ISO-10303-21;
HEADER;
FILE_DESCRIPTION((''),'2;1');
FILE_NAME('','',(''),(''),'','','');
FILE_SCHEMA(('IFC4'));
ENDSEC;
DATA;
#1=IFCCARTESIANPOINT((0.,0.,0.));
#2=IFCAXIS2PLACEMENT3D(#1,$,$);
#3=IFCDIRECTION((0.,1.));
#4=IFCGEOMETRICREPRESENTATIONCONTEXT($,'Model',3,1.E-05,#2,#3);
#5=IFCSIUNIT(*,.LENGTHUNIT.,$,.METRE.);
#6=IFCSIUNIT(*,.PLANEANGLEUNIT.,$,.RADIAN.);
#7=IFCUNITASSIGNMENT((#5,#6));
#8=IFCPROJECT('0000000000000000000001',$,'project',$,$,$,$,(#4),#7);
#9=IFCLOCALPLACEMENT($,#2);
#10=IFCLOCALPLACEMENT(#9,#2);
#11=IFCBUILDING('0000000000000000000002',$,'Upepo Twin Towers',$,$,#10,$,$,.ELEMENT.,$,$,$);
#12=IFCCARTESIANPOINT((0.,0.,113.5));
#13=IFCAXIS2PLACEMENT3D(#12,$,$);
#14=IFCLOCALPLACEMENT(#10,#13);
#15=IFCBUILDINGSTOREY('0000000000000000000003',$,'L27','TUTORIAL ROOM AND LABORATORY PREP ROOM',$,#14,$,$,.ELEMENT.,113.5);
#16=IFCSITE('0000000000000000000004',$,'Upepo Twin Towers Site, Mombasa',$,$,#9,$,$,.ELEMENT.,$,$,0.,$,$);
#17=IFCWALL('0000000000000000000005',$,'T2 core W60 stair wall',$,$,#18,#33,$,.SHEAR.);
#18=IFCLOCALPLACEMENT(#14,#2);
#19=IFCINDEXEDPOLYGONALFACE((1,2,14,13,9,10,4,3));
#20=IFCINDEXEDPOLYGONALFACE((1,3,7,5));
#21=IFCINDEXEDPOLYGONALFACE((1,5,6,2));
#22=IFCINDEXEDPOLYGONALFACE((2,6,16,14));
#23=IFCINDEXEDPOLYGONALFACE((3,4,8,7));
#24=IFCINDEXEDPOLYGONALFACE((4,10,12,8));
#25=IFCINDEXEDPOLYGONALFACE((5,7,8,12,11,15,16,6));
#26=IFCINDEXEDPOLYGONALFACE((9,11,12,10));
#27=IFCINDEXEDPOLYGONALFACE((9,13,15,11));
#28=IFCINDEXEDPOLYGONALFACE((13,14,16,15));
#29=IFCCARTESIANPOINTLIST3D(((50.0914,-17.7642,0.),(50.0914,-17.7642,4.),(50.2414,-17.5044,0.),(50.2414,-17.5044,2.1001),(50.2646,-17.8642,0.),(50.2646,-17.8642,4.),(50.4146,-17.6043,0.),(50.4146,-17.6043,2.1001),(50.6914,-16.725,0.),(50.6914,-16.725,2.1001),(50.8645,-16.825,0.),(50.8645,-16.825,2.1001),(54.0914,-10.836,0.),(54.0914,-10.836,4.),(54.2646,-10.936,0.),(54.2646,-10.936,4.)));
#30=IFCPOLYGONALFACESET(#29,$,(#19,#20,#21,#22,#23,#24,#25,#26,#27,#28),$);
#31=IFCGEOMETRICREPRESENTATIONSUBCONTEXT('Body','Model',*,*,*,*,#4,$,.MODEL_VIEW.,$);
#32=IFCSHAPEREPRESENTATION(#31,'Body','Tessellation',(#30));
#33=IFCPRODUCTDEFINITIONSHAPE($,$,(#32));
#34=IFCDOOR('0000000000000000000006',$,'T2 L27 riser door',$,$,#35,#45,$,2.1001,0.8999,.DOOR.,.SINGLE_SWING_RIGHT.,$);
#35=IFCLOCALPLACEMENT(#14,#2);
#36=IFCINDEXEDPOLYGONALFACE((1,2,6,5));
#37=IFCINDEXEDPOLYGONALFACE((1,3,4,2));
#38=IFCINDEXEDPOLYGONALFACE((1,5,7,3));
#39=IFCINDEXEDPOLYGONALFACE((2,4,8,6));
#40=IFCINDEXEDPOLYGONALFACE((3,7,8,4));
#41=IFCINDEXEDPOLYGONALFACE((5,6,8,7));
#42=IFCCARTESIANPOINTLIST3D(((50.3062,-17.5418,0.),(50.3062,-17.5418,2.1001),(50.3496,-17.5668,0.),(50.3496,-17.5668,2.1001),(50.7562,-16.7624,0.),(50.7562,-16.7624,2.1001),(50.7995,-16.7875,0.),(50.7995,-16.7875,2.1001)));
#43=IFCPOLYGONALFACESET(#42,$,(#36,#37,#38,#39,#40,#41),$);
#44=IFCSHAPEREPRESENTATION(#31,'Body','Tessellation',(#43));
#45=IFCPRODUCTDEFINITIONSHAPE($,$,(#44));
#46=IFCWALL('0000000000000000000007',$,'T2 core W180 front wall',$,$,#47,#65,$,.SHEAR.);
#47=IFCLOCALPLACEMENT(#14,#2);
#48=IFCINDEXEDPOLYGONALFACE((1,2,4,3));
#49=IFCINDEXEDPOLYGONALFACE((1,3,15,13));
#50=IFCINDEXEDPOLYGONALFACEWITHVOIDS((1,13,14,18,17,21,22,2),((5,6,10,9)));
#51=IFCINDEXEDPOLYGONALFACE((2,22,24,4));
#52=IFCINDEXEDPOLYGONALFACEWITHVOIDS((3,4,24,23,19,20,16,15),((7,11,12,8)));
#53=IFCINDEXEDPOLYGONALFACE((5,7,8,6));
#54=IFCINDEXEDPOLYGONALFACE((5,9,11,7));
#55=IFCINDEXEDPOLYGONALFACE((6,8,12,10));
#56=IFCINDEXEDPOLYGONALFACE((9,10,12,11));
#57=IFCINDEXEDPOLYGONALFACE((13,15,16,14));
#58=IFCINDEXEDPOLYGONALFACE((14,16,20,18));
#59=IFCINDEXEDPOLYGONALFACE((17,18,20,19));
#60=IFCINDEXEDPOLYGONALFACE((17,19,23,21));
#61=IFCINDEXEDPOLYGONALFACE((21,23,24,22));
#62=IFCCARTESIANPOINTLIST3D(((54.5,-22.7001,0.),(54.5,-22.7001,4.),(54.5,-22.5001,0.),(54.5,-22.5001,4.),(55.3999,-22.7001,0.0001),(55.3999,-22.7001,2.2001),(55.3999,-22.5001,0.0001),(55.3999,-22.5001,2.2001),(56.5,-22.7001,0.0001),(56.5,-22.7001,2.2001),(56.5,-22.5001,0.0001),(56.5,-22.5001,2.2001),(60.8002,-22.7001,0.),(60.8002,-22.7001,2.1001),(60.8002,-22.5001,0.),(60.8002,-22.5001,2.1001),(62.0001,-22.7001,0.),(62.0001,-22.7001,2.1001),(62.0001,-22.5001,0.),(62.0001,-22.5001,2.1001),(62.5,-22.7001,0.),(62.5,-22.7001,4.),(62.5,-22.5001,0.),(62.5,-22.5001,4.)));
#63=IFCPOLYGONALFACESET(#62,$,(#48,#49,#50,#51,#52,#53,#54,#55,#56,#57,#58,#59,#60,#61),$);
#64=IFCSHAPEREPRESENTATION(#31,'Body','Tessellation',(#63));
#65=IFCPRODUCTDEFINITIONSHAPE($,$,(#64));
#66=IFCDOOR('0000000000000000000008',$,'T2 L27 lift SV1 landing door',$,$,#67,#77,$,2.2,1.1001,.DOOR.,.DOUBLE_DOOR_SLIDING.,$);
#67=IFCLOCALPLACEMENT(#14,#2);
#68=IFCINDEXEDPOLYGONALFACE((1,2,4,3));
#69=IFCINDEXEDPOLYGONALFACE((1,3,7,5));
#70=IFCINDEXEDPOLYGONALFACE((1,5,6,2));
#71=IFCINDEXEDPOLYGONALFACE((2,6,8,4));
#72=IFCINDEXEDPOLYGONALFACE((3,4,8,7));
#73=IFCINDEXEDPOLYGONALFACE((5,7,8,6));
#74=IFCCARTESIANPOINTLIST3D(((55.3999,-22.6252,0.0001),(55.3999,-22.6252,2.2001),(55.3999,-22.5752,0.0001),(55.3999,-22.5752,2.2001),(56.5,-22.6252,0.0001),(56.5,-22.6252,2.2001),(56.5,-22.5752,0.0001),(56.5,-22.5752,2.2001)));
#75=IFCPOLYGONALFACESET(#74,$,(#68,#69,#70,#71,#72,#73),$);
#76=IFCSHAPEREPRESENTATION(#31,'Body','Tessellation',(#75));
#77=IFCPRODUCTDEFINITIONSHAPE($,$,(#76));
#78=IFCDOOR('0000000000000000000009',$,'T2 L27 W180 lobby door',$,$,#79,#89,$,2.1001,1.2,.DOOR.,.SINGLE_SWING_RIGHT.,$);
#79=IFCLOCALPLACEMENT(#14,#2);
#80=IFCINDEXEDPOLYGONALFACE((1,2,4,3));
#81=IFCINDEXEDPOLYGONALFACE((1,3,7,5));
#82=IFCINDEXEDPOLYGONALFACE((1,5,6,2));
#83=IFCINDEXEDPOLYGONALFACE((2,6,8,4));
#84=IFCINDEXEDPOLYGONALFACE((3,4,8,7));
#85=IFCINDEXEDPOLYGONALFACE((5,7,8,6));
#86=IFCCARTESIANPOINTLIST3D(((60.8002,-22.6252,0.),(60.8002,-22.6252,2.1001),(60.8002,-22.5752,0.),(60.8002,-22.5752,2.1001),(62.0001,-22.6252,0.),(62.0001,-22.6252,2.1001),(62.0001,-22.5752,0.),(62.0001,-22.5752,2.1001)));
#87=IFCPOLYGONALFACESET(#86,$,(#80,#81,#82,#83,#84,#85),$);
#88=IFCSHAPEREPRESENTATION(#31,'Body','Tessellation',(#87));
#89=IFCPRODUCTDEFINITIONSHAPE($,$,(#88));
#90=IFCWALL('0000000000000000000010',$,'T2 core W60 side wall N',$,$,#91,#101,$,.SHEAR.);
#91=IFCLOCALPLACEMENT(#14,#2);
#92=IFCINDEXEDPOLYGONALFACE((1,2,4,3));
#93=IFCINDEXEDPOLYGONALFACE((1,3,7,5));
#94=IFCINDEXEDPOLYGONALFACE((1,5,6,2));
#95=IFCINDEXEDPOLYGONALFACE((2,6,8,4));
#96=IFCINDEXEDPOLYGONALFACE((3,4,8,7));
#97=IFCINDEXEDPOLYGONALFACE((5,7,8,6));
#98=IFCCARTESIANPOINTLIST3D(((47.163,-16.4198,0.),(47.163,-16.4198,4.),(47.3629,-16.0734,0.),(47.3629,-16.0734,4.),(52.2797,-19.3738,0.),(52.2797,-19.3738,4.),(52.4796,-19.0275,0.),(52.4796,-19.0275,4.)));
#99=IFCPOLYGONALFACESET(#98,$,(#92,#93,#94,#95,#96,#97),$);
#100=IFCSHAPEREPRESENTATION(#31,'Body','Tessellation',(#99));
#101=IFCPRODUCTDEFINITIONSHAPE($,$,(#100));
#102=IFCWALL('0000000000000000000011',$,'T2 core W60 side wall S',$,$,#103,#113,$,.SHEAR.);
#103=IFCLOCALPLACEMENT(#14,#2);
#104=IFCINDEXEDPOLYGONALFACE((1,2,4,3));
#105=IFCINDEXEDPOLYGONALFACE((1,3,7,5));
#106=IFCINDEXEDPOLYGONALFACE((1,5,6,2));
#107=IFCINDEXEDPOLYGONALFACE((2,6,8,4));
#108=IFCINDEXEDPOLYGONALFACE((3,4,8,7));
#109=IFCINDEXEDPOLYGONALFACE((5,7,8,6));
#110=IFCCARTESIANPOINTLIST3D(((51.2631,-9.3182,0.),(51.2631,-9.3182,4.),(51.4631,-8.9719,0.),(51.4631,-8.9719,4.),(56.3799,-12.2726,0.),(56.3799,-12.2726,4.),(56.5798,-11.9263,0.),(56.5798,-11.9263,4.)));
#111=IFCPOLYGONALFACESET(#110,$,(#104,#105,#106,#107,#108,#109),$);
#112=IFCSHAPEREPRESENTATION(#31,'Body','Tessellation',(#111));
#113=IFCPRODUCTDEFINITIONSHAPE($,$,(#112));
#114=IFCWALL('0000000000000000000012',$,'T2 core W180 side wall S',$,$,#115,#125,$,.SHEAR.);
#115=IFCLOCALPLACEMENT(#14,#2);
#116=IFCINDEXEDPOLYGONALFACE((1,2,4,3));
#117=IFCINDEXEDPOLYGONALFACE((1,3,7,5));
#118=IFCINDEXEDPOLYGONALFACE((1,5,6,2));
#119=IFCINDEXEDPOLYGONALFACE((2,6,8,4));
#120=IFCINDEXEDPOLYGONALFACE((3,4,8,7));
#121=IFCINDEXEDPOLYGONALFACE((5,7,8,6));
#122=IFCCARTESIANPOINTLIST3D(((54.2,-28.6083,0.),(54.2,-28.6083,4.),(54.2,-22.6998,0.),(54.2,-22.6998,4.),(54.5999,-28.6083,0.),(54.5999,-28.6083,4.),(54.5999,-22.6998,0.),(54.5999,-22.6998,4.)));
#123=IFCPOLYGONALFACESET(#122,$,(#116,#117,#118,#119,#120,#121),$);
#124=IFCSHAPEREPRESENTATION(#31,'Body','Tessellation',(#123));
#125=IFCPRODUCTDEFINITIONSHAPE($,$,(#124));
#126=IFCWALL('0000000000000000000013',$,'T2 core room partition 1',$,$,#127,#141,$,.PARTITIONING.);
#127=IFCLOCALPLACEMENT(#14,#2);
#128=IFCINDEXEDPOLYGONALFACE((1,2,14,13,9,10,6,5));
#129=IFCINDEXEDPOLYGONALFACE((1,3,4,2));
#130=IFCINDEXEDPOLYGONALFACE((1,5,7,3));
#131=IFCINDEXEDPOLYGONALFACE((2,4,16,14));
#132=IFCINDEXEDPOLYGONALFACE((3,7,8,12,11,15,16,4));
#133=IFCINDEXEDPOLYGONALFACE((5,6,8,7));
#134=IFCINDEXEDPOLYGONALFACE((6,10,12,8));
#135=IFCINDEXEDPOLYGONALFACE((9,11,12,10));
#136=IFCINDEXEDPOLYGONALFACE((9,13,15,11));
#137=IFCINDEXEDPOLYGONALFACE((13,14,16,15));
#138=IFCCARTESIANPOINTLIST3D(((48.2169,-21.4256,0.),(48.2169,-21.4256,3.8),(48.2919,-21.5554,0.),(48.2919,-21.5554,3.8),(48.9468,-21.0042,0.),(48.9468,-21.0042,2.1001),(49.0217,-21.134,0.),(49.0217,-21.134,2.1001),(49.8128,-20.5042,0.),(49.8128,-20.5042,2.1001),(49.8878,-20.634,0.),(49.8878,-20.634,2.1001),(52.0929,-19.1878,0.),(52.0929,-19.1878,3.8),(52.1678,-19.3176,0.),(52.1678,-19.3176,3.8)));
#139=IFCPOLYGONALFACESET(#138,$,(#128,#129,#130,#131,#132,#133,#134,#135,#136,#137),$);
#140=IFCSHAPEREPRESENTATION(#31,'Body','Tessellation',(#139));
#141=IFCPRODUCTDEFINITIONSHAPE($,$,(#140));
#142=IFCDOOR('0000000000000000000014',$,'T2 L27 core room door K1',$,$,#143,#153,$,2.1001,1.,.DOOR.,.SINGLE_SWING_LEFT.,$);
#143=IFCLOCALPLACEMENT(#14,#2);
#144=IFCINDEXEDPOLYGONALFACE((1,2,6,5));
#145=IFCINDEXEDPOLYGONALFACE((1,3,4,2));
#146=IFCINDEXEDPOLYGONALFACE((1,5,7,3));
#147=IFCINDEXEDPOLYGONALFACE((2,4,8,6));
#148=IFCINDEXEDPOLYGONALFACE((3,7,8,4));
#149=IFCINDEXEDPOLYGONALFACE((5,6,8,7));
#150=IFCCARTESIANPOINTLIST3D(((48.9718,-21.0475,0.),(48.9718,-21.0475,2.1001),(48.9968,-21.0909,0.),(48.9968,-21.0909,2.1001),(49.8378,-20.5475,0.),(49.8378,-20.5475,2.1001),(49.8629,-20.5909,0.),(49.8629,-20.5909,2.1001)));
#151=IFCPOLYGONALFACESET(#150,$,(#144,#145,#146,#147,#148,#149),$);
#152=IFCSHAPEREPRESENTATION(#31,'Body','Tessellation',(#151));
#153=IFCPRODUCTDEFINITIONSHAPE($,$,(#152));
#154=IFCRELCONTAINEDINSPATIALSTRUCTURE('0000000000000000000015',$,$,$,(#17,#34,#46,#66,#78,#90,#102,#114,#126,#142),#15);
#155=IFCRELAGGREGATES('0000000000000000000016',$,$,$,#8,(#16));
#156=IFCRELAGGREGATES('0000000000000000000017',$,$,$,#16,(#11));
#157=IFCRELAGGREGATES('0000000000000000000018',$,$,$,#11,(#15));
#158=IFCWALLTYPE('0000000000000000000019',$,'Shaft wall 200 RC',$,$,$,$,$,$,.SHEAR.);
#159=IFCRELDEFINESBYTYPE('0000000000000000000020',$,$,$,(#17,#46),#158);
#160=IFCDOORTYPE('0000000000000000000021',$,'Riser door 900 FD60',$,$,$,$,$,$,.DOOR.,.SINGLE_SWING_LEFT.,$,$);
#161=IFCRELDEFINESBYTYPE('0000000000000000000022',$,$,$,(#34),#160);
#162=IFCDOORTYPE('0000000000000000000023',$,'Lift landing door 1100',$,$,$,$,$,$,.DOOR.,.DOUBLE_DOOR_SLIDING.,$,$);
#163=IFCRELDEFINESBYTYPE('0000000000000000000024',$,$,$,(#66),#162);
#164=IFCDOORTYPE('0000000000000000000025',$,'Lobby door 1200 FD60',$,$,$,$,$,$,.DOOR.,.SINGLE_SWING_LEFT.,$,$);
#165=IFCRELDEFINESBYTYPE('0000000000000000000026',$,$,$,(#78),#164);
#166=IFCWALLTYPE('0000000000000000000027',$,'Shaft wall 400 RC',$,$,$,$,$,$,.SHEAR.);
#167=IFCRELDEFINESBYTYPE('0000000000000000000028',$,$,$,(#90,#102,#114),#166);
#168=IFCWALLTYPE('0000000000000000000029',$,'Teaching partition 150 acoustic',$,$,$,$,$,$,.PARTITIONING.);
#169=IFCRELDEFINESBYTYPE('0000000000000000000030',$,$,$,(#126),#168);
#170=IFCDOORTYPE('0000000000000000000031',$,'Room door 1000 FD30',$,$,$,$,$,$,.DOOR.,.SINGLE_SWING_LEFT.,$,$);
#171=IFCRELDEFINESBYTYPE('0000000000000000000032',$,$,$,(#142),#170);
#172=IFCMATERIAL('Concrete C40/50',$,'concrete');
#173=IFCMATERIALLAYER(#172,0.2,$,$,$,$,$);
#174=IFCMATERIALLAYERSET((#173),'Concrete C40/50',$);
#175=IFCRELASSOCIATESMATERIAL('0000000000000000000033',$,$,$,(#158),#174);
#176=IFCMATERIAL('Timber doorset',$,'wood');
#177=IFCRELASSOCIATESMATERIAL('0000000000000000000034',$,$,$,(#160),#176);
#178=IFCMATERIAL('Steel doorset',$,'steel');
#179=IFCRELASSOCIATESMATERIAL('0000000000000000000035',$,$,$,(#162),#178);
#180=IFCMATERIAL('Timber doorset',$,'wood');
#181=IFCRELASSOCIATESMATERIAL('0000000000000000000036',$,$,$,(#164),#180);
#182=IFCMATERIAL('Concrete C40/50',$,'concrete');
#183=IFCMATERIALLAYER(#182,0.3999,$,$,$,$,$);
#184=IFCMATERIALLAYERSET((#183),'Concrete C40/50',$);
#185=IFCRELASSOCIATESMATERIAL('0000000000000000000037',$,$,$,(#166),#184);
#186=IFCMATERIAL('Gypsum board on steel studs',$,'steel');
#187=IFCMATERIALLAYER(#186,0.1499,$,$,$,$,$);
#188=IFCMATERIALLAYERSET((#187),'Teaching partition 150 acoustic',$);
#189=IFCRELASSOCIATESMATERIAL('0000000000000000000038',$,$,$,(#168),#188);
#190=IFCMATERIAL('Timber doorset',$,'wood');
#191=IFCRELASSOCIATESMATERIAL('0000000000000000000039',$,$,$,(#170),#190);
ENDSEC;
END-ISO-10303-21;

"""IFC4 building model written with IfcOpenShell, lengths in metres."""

from ifc_helpers import new_model, si_unit, direction, frame, frame_2d, origin, place, context, subcontext, project, spatial, rectangle, extrude, material, layer, layer_set, type_object, element, fill, save


model = new_model("IFC4")

# Units and contexts
model_context = context("Model", 3, precision=1e-05, world=origin(), true_north=direction((0.0, 1.0)))
body_context = subcontext(model_context, "Body", "Model", "MODEL_VIEW")
ifc_project = project(units=[si_unit("LENGTHUNIT", "METRE"), si_unit("PLANEANGLEUNIT", "RADIAN")], contexts=[model_context])

# Site, building, storey
site_placement = place(None, origin())
site = spatial("IfcSite", under=ifc_project, at=site_placement, Name="Upepo Twin Towers Site, Mombasa", CompositionType="ELEMENT", RefElevation=0.0)
building_placement = place(site_placement, origin())
building = spatial("IfcBuilding", under=site, at=building_placement, Name="Upepo Twin Towers", CompositionType="ELEMENT")
storey_placement = place(building_placement, frame((0.0, 0.0, 113.5)))
storey = spatial("IfcBuildingStorey", under=building, at=storey_placement, Name="L27", Description="TUTORIAL ROOM AND LABORATORY PREP ROOM", CompositionType="ELEMENT", Elevation=113.5)

# Shared definitions
ifc_material_1 = material(Name="Concrete C40/50", Category="concrete")
ifc_layer_1 = layer(ifc_material_1, 0.2)
ifc_layer_set_1 = layer_set([ifc_layer_1], Name="Concrete C40/50")
wall_type_1 = type_object("IfcWallType", Name="Shaft wall 200 RC", PredefinedType="SHEAR", material=ifc_layer_set_1)

# Wall, opening, door
wall_1_placement = place(storey_placement, frame((54.178, -10.886, 0.0), z_axis=(0.0, 0.0, 1.0), x_axis=(-0.499999, -0.866026, 0.0)))
wall_1 = element("IfcWall", 1, at=wall_1_placement, inside=storey, type_object=wall_type_1, Name="T2 core W60 stair wall", PredefinedType="SHEAR", context=body_context, shape_type="SweptSolid", body=[
    extrude(rectangle(XDim=8.0, YDim=0.2, at=frame_2d((4.0, 0.0))), origin(), (0.0, 0.0, 1.0), 4.0),
])
opening_1_placement = place(wall_1_placement, frame((6.8, 0.0, 0.0)))
opening_1 = element("IfcOpeningElement", 2, at=opening_1_placement, cuts=wall_1, PredefinedType="OPENING", context=body_context, shape_type="SweptSolid", body=[
    extrude(rectangle(XDim=0.8999, YDim=2.1001, at=frame_2d((0.45, 1.05))), frame((0.0, 0.1099, 0.0), z_axis=(0.0, -1.0, 0.0), x_axis=(1.0, 0.0, 0.0)), (0.0, 0.0, 1.0), 0.22),
])
ifc_material_2 = material(Name="Timber doorset", Category="wood")
door_type_1 = type_object("IfcDoorType", Name="Riser door 900 FD60", OperationType="SINGLE_SWING_LEFT", PredefinedType="DOOR", material=ifc_material_2)
door_1_placement = place(opening_1_placement, origin())
door_1 = element("IfcDoor", 3, at=door_1_placement, inside=storey, type_object=door_type_1, Name="T2 L27 riser door", OperationType="SINGLE_SWING_RIGHT", OverallHeight=2.1001, OverallWidth=0.8999, PredefinedType="DOOR", context=body_context, shape_type="SweptSolid", body=[
    extrude(rectangle(XDim=0.8999, YDim=2.1001, at=frame_2d((0.45, 1.05))), frame((0.0, 0.0249, 0.0), z_axis=(0.0, -1.0, 0.0), x_axis=(1.0, 0.0, 0.0)), (0.0, 0.0, 1.0), 0.05),
])
fill(opening_1, door_1)

# Wall, openings, doors
wall_2_placement = place(storey_placement, frame((54.5, -22.6001, 0.0), z_axis=(0.0, 0.0, 1.0), x_axis=(1.0, 0.0, 0.0)))
wall_2 = element("IfcWall", 4, at=wall_2_placement, inside=storey, type_object=wall_type_1, Name="T2 core W180 front wall", PredefinedType="SHEAR", context=body_context, shape_type="SweptSolid", body=[
    extrude(rectangle(XDim=8.0, YDim=0.2, at=frame_2d((4.0, 0.0))), origin(), (0.0, 0.0, 1.0), 4.0),
])
opening_2_placement = place(wall_2_placement, frame((6.3, 0.0, 0.0)))
opening_2 = element("IfcOpeningElement", 5, at=opening_2_placement, cuts=wall_2, PredefinedType="OPENING", context=body_context, shape_type="SweptSolid", body=[
    extrude(rectangle(XDim=1.2, YDim=2.1001, at=frame_2d((0.6001, 1.05))), frame((0.0, 0.1099, 0.0), z_axis=(0.0, -1.0, 0.0), x_axis=(1.0, 0.0, 0.0)), (0.0, 0.0, 1.0), 0.22),
])
opening_3_placement = place(wall_2_placement, frame((0.8999, 0.0, 0.0)))
opening_3 = element("IfcOpeningElement", 6, at=opening_3_placement, cuts=wall_2, PredefinedType="OPENING", context=body_context, shape_type="SweptSolid", body=[
    extrude(rectangle(XDim=1.1001, YDim=2.2, at=frame_2d((0.55, 1.1001))), frame((0.0, 0.1099, 0.0), z_axis=(0.0, -1.0, 0.0), x_axis=(1.0, 0.0, 0.0)), (0.0, 0.0, 1.0), 0.22),
])
ifc_material_3 = material(Name="Steel doorset", Category="steel")
door_type_2 = type_object("IfcDoorType", Name="Lift landing door 1100", OperationType="DOUBLE_DOOR_SLIDING", PredefinedType="DOOR", material=ifc_material_3)
door_2_placement = place(opening_3_placement, origin())
door_2 = element("IfcDoor", 7, at=door_2_placement, inside=storey, type_object=door_type_2, Name="T2 L27 lift SV1 landing door", OperationType="DOUBLE_DOOR_SLIDING", OverallHeight=2.2, OverallWidth=1.1001, PredefinedType="DOOR", context=body_context, shape_type="SweptSolid", body=[
    extrude(rectangle(XDim=1.1001, YDim=2.2, at=frame_2d((0.55, 1.1001))), frame((0.0, 0.0249, 0.0), z_axis=(0.0, -1.0, 0.0), x_axis=(1.0, 0.0, 0.0)), (0.0, 0.0, 1.0), 0.05),
])
fill(opening_3, door_2)
ifc_material_4 = material(Name="Timber doorset", Category="wood")
door_type_3 = type_object("IfcDoorType", Name="Lobby door 1200 FD60", OperationType="SINGLE_SWING_LEFT", PredefinedType="DOOR", material=ifc_material_4)
door_3_placement = place(opening_2_placement, origin())
door_3 = element("IfcDoor", 8, at=door_3_placement, inside=storey, type_object=door_type_3, Name="T2 L27 W180 lobby door", OperationType="SINGLE_SWING_RIGHT", OverallHeight=2.1001, OverallWidth=1.2, PredefinedType="DOOR", context=body_context, shape_type="SweptSolid", body=[
    extrude(rectangle(XDim=1.2, YDim=2.1001, at=frame_2d((0.6001, 1.05))), frame((0.0, 0.0249, 0.0), z_axis=(0.0, -1.0, 0.0), x_axis=(1.0, 0.0, 0.0)), (0.0, 0.0, 1.0), 0.05),
])
fill(opening_2, door_3)

# Walls
ifc_material_5 = material(Name="Concrete C40/50", Category="concrete")
ifc_layer_2 = layer(ifc_material_5, 0.3999)
ifc_layer_set_2 = layer_set([ifc_layer_2], Name="Concrete C40/50")
wall_type_2 = type_object("IfcWallType", Name="Shaft wall 400 RC", PredefinedType="SHEAR", material=ifc_layer_set_2)
wall_3_placement = place(storey_placement, frame((52.3796, -19.2007, 0.0), z_axis=(0.0, 0.0, 1.0), x_axis=(-0.866027, 0.499997, 0.0)))
element("IfcWall", 9, at=wall_3_placement, inside=storey, type_object=wall_type_2, Name="T2 core W60 side wall N", PredefinedType="SHEAR", context=body_context, shape_type="SweptSolid", body=[
    extrude(rectangle(XDim=5.9082, YDim=0.3999, at=frame_2d((2.9541, 0.0))), origin(), (0.0, 0.0, 1.0), 4.0),
])
for number, where, z_axis, x_axis, name in (
    (10, (56.4797, -12.0994, 0.0), (0.0, 0.0, 1.0), (-0.866009, 0.500028, 0.0), "T2 core W60 side wall S"),
    (11, (54.3999, -22.7, 0.0), (0.0, 0.0, 1.0), (0.0, -1.0, 0.0), "T2 core W180 side wall S"),
):
    element("IfcWall", number, at=place(storey_placement, frame(where, z_axis=z_axis, x_axis=x_axis)), inside=storey, type_object=wall_type_2, Name=name, PredefinedType="SHEAR", context=body_context, shape_type="SweptSolid", body=[
        extrude(rectangle(XDim=5.9084, YDim=0.3999, at=frame_2d((2.9541, 0.0))), origin(), (0.0, 0.0, 1.0), 4.0),
    ])

# Wall, opening, door
ifc_material_6 = material(Name="Gypsum board on steel studs", Category="steel")
ifc_layer_3 = layer(ifc_material_6, 0.1499)
ifc_layer_set_3 = layer_set([ifc_layer_3], Name="Teaching partition 150 acoustic")
wall_type_3 = type_object("IfcWallType", Name="Teaching partition 150 acoustic", PredefinedType="PARTITIONING", material=ifc_layer_set_3)
wall_4_placement = place(storey_placement, frame((48.2544, -21.4905, 0.0), z_axis=(0.0, 0.0, 1.0), x_axis=(0.866026, 0.499999, 0.0)))
wall_4 = element("IfcWall", 12, at=wall_4_placement, inside=storey, type_object=wall_type_3, Name="T2 core room partition 1", PredefinedType="PARTITIONING", context=body_context, shape_type="SweptSolid", body=[
    extrude(rectangle(XDim=4.4756, YDim=0.1499, at=frame_2d((2.2378, 0.0))), origin(), (0.0, 0.0, 1.0), 3.8),
])
opening_4_placement = place(wall_4_placement, frame((0.8428, 0.0, 0.0)))
opening_4 = element("IfcOpeningElement", 13, at=opening_4_placement, cuts=wall_4, PredefinedType="OPENING", context=body_context, shape_type="SweptSolid", body=[
    extrude(rectangle(XDim=1.0, YDim=2.1001, at=frame_2d((0.5, 1.05))), frame((0.0, 0.085, 0.0), z_axis=(0.0, -1.0, 0.0), x_axis=(1.0, 0.0, 0.0)), (0.0, 0.0, 1.0), 0.1699),
])
ifc_material_7 = material(Name="Timber doorset", Category="wood")
door_type_4 = type_object("IfcDoorType", Name="Room door 1000 FD30", OperationType="SINGLE_SWING_LEFT", PredefinedType="DOOR", material=ifc_material_7)
door_4_placement = place(opening_4_placement, origin())
door_4 = element("IfcDoor", 14, at=door_4_placement, inside=storey, type_object=door_type_4, Name="T2 L27 core room door K1", OperationType="SINGLE_SWING_LEFT", OverallHeight=2.1001, OverallWidth=1.0, PredefinedType="DOOR", context=body_context, shape_type="SweptSolid", body=[
    extrude(rectangle(XDim=1.0, YDim=2.1001, at=frame_2d((0.5, 1.05))), frame((0.0, 0.0249, 0.0), z_axis=(0.0, -1.0, 0.0), x_axis=(1.0, 0.0, 0.0)), (0.0, 0.0, 1.0), 0.05),
])
fill(opening_4, door_4)

save(model, "model.ifc")
